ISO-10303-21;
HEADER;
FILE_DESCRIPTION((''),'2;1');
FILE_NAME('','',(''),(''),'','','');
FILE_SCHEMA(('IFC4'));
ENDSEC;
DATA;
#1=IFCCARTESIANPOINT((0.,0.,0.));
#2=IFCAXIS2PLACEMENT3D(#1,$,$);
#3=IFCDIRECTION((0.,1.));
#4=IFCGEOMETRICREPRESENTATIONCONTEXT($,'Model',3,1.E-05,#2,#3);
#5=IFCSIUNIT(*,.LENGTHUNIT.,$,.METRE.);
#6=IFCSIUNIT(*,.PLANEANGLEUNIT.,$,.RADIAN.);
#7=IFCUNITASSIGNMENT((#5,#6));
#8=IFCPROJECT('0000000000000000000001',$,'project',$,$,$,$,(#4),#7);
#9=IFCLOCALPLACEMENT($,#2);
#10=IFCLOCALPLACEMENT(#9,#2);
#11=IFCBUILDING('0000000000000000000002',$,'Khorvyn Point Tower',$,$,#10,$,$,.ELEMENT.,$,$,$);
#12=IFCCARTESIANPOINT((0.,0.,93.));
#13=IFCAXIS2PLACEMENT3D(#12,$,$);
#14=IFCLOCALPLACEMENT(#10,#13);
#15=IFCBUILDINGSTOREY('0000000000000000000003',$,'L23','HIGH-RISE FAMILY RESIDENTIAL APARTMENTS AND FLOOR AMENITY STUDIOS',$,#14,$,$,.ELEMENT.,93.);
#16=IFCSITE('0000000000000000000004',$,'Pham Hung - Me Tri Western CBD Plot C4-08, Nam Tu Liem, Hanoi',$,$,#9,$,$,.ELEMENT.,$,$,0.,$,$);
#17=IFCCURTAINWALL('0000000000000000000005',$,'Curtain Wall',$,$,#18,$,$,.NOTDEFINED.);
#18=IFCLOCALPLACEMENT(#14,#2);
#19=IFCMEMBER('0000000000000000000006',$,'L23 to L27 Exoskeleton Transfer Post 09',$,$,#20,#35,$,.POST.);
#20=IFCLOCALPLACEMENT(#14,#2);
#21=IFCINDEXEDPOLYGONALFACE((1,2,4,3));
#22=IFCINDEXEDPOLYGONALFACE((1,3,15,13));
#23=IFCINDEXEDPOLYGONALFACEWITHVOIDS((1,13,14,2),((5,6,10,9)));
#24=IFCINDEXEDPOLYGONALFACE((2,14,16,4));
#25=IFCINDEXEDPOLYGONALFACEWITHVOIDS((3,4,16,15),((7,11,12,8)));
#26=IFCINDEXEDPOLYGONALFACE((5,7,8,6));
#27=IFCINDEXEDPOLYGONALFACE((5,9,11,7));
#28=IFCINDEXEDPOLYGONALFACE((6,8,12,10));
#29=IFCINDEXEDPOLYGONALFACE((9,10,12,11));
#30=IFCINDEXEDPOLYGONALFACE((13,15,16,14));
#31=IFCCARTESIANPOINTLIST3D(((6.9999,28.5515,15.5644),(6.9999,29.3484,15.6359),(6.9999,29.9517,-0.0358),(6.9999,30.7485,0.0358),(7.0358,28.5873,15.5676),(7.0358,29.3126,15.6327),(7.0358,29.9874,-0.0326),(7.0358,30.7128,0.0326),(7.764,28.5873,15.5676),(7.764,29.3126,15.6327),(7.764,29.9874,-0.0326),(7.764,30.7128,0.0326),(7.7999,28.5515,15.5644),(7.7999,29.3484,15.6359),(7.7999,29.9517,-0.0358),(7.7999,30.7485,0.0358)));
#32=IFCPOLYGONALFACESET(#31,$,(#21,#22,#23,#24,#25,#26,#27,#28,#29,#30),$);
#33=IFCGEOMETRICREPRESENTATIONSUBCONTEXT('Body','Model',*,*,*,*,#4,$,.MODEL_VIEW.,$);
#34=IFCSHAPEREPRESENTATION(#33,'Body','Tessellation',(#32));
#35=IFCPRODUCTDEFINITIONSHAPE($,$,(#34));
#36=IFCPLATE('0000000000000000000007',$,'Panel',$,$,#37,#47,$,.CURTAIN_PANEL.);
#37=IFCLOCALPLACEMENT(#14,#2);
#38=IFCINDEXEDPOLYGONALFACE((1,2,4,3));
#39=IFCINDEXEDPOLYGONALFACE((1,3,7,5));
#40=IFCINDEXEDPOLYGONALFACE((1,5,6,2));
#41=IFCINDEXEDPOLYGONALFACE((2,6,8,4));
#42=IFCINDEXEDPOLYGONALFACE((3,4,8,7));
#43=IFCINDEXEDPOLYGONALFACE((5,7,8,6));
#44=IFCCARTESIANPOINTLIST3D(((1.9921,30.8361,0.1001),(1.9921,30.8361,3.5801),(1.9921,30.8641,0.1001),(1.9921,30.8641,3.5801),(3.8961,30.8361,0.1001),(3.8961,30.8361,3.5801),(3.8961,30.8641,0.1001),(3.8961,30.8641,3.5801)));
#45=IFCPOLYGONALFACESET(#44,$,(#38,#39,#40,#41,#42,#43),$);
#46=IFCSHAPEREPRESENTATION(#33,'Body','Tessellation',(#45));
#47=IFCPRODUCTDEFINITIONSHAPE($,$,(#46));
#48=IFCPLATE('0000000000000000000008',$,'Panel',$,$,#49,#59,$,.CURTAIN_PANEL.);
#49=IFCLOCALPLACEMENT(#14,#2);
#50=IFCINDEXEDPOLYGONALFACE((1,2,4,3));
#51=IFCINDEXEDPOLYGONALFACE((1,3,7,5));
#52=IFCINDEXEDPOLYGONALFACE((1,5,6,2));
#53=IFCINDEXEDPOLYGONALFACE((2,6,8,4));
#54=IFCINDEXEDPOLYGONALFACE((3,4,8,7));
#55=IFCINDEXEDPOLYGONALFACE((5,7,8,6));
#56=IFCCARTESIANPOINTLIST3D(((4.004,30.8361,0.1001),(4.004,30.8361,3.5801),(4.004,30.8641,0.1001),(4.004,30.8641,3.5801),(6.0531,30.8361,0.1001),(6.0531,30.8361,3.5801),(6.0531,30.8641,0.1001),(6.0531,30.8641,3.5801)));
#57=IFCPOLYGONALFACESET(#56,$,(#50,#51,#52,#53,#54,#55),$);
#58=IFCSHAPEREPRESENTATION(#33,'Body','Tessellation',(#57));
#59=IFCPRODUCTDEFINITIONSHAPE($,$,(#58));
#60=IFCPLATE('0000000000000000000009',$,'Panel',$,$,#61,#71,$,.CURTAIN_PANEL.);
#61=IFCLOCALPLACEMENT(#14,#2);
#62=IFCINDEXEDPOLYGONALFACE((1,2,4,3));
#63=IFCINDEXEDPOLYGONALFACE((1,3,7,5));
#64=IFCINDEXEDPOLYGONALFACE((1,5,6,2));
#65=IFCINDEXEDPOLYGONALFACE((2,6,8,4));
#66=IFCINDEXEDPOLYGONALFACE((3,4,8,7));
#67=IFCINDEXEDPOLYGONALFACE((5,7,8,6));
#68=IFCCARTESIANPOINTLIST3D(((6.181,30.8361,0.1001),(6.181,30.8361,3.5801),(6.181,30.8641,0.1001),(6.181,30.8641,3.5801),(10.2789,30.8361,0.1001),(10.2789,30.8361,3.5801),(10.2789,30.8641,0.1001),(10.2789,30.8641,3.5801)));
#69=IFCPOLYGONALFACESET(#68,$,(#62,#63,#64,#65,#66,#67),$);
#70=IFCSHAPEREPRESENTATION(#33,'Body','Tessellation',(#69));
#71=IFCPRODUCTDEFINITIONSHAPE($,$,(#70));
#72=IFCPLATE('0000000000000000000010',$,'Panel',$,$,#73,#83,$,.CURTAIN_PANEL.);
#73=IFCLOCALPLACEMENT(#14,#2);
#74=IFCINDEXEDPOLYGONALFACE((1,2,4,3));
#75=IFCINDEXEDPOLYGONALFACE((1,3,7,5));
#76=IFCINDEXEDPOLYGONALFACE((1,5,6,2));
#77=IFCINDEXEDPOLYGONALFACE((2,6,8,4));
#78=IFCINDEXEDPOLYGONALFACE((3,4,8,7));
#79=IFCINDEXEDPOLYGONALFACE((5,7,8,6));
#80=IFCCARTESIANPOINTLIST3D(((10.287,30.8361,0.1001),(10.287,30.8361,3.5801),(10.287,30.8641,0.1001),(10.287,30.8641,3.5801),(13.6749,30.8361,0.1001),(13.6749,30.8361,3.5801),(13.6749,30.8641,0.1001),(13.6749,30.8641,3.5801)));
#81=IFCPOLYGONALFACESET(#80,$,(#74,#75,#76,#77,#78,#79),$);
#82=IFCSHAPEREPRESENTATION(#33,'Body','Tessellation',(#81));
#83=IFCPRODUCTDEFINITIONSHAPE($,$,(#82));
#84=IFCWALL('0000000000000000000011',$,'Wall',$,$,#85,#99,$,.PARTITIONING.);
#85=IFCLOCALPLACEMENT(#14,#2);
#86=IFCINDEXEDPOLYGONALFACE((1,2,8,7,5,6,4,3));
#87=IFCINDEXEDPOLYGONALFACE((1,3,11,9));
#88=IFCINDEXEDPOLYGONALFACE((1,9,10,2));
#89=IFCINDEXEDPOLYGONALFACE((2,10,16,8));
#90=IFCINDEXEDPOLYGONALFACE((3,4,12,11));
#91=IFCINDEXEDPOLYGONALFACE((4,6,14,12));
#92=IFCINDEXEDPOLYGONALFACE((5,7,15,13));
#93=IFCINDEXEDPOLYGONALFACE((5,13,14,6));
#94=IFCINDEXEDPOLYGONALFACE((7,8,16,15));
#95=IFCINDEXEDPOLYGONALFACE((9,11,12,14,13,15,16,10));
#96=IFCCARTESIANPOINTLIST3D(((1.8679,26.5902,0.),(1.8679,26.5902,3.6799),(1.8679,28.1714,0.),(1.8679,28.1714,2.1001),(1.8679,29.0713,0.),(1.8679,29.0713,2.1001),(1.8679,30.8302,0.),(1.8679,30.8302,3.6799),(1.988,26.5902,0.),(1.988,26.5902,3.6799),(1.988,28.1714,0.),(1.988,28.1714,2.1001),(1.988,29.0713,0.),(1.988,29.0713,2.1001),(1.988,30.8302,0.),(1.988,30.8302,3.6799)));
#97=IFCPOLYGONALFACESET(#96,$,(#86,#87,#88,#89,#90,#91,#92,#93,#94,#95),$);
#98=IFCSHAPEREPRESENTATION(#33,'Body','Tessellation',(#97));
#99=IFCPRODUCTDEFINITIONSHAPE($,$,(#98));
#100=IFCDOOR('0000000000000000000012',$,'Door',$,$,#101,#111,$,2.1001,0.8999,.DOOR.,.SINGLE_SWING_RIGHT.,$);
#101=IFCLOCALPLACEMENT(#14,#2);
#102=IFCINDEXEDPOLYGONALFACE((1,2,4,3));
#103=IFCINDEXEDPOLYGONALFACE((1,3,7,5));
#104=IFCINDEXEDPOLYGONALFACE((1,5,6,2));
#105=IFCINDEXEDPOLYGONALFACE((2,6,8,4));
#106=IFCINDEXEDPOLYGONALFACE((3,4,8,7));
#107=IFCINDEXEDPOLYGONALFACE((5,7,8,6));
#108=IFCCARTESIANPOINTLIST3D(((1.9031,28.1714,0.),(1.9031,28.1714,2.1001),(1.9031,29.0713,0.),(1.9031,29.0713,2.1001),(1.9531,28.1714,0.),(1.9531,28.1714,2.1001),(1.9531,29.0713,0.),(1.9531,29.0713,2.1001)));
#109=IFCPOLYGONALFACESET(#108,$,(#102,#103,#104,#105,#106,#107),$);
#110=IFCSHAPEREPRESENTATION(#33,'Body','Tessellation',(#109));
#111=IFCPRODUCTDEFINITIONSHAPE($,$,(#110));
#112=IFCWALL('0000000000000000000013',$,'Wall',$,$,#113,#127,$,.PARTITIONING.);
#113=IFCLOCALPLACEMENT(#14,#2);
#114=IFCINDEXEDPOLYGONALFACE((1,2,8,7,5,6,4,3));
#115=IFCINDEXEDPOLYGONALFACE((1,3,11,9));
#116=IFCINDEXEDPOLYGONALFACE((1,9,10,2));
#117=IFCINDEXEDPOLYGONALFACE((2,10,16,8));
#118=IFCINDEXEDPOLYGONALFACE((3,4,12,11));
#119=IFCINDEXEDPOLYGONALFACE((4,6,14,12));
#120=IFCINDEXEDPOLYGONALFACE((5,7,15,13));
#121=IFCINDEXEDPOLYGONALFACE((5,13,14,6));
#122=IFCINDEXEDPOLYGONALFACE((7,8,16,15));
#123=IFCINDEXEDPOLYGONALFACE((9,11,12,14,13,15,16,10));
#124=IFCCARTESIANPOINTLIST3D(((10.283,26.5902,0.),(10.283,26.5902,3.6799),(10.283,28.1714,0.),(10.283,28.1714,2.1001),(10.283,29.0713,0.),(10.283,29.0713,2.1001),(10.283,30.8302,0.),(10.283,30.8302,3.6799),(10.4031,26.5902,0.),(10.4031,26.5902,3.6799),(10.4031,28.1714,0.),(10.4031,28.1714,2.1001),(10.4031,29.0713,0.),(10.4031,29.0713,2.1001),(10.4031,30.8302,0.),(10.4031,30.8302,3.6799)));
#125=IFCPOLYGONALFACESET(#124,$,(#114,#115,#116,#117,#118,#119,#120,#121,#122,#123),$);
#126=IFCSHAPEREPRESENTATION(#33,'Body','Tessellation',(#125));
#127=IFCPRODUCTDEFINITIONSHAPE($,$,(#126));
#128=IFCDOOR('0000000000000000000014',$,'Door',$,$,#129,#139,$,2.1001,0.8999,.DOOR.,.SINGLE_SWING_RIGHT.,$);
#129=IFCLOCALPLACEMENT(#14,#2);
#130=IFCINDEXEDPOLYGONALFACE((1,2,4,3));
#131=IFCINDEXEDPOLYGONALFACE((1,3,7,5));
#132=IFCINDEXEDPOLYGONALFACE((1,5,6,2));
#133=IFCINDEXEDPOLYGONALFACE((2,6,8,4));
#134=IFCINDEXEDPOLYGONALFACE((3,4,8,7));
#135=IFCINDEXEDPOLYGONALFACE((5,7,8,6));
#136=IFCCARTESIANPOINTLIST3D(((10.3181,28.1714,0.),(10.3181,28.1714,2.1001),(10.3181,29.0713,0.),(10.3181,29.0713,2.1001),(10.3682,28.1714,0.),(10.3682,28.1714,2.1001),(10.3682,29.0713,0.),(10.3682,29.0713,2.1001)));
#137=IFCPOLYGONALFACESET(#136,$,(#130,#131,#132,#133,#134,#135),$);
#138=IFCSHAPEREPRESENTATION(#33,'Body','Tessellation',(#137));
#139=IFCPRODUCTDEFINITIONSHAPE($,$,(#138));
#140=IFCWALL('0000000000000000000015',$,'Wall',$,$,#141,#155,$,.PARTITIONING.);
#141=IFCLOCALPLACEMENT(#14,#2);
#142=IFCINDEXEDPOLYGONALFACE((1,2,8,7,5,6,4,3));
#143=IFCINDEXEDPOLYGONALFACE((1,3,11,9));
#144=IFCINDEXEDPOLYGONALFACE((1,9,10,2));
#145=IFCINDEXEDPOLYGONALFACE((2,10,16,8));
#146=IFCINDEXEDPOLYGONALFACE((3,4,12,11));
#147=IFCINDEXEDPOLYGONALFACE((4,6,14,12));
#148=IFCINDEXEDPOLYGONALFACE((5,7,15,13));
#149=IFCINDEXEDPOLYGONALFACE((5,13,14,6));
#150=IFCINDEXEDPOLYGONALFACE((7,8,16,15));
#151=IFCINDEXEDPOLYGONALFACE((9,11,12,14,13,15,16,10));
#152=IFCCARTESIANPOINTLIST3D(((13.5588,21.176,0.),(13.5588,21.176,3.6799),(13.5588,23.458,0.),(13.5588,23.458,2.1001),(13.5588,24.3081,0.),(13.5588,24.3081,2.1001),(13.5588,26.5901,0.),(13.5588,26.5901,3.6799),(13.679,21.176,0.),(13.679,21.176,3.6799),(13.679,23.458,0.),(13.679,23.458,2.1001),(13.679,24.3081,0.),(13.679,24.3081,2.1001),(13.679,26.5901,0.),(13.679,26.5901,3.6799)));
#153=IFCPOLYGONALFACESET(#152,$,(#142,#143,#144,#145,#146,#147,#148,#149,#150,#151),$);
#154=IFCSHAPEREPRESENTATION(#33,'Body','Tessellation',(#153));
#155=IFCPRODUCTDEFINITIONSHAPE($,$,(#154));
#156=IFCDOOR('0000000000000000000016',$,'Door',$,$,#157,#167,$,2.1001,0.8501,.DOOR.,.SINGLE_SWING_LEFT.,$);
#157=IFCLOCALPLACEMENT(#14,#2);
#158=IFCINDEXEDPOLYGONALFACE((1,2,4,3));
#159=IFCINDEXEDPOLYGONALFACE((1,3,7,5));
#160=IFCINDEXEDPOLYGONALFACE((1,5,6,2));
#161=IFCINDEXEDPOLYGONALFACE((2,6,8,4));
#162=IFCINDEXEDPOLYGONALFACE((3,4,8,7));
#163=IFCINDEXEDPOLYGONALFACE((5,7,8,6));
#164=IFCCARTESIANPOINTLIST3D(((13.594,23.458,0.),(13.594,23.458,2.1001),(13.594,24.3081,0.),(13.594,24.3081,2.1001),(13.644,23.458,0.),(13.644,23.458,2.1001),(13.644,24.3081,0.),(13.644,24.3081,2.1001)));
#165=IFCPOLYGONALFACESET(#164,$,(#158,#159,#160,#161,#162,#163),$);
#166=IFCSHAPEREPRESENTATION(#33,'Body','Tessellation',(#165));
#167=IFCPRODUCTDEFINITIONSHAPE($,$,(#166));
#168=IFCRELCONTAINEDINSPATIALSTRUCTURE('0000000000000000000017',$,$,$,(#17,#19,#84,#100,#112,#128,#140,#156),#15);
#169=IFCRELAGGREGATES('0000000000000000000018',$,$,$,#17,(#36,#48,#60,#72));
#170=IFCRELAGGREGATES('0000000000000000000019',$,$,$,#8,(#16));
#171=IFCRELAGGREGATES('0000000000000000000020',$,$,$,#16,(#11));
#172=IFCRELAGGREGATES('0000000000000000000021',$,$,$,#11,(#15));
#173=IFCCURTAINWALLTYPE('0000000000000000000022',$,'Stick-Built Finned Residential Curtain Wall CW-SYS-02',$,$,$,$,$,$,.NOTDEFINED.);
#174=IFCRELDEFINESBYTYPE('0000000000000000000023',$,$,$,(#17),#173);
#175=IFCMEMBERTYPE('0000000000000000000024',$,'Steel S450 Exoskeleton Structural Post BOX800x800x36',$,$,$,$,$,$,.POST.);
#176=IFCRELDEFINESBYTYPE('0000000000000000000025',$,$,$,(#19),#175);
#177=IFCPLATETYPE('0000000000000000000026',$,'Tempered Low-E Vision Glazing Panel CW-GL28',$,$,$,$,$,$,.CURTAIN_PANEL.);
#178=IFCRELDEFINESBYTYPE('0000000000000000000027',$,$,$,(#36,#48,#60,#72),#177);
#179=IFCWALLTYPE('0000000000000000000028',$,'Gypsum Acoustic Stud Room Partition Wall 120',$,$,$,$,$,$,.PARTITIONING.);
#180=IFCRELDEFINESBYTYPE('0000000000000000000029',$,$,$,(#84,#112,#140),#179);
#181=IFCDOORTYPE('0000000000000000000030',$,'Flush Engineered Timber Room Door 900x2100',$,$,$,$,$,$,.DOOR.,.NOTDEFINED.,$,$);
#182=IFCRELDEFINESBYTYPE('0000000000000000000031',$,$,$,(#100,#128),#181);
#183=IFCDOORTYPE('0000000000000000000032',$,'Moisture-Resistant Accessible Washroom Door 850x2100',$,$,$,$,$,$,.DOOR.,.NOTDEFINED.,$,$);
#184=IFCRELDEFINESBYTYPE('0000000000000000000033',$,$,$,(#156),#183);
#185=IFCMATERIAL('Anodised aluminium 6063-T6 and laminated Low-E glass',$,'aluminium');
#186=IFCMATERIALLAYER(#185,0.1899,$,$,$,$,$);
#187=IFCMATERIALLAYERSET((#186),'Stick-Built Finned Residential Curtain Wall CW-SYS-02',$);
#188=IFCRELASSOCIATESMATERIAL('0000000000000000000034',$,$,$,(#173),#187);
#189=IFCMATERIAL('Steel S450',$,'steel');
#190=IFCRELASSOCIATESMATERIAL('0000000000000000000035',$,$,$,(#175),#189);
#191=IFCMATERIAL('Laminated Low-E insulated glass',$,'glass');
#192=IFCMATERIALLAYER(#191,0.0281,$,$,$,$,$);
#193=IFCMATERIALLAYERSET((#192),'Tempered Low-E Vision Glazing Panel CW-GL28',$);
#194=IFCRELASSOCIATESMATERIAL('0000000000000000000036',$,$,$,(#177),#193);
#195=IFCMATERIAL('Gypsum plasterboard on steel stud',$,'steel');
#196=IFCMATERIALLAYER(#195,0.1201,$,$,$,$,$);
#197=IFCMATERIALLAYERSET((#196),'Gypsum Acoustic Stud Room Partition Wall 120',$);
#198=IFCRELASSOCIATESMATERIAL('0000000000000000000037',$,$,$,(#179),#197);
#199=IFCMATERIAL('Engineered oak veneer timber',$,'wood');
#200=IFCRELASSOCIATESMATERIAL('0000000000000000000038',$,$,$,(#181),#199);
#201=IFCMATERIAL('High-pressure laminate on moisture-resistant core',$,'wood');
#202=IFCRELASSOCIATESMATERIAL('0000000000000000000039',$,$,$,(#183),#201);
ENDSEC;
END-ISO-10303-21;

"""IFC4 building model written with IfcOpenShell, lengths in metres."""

from ifc_helpers import new_model, si_unit, direction, frame, frame_2d, origin, origin_2d, place, context, subcontext, project, spatial, rectangle, hollow_rectangle, extrude, material, layer, layer_set, material_profile, profile_set, type_object, element, fill, aggregate, save


model = new_model("IFC4")

# Units and contexts
model_context = context("Model", 3, precision=1e-05, world=origin(), true_north=direction((0.0, 1.0)))
body_context = subcontext(model_context, "Body", "Model", "MODEL_VIEW")
ifc_project = project(units=[si_unit("LENGTHUNIT", "METRE"), si_unit("PLANEANGLEUNIT", "RADIAN")], contexts=[model_context])

# Site, building, storey
site_placement = place(None, origin())
site = spatial("IfcSite", under=ifc_project, at=site_placement, Name="Pham Hung - Me Tri Western CBD Plot C4-08, Nam Tu Liem, Hanoi", CompositionType="ELEMENT", RefElevation=0.0)
building_placement = place(site_placement, origin())
building = spatial("IfcBuilding", under=site, at=building_placement, Name="Khorvyn Point Tower", CompositionType="ELEMENT")
storey_placement = place(building_placement, frame((0.0, 0.0, 93.0)))
storey = spatial("IfcBuildingStorey", under=building, at=storey_placement, Name="L23", Description="HIGH-RISE FAMILY RESIDENTIAL APARTMENTS AND FLOOR AMENITY STUDIOS", CompositionType="ELEMENT", Elevation=93.0)

# Shared definitions
ifc_material_1 = material(Name="Steel S450", Category="steel")

# Curtain wall
ifc_material_2 = material(Name="Anodised aluminium 6063-T6 and laminated Low-E glass", Category="aluminium")
ifc_layer_1 = layer(ifc_material_2, 0.1899)
ifc_layer_set_1 = layer_set([ifc_layer_1], Name="Stick-Built Finned Residential Curtain Wall CW-SYS-02")
curtain_wall_type = type_object("IfcCurtainWallType", Name="Stick-Built Finned Residential Curtain Wall CW-SYS-02", PredefinedType="NOTDEFINED", material=ifc_layer_set_1)
curtain_wall_placement = place(storey_placement, origin())
curtain_wall = element("IfcCurtainWall", 1, at=curtain_wall_placement, inside=storey, type_object=curtain_wall_type, Name="Curtain Wall", PredefinedType="NOTDEFINED")

# Member
ifc_material_profile_1 = material_profile(ifc_material_1, hollow_rectangle(XDim=0.8, YDim=0.8, WallThickness=0.0359, at=origin_2d()))
ifc_profile_set_1 = profile_set([ifc_material_profile_1], Name="Steel S450 BOX800x800x36")
member_type_1 = type_object("IfcMemberType", Name="Steel S450 Exoskeleton Structural Post BOX800x800x36", PredefinedType="POST", material=ifc_profile_set_1)
member_1_placement = place(storey_placement, frame((7.3999, 30.3501, 0.0), z_axis=(0.0, -0.089393, 0.995996), x_axis=(1.0, 0.0, 0.0)))
element("IfcMember", 2, at=member_1_placement, inside=storey, type_object=member_type_1, Name="L23 to L27 Exoskeleton Transfer Post 09", PredefinedType="POST", context=body_context, shape_type="SweptSolid", body=[
    extrude(hollow_rectangle(XDim=0.8, YDim=0.8, WallThickness=0.0359, at=origin_2d()), origin(), (0.0, 0.0, 1.0), 15.6628),
])

# Plates
ifc_material_3 = material(Name="Laminated Low-E insulated glass", Category="glass")
ifc_layer_2 = layer(ifc_material_3, 0.0281)
ifc_layer_set_2 = layer_set([ifc_layer_2], Name="Tempered Low-E Vision Glazing Panel CW-GL28")
plate_type = type_object("IfcPlateType", Name="Tempered Low-E Vision Glazing Panel CW-GL28", PredefinedType="CURTAIN_PANEL", material=ifc_layer_set_2)
plate_1_placement = place(storey_placement, frame((2.9441, 30.8501, 0.1001), z_axis=(0.0, 0.0, 1.0), x_axis=(1.0, 0.0, 0.0)))
plate_1 = element("IfcPlate", 3, at=plate_1_placement, type_object=plate_type, Name="Panel", PredefinedType="CURTAIN_PANEL", context=body_context, shape_type="SweptSolid", body=[
    extrude(rectangle(XDim=1.9041, YDim=0.0281, at=origin_2d()), origin(), (0.0, 0.0, 1.0), 3.48),
])
plate_2_placement = place(storey_placement, frame((5.0286, 30.8501, 0.1001), z_axis=(0.0, 0.0, 1.0), x_axis=(1.0, 0.0, 0.0)))
plate_2 = element("IfcPlate", 4, at=plate_2_placement, type_object=plate_type, Name="Panel", PredefinedType="CURTAIN_PANEL", context=body_context, shape_type="SweptSolid", body=[
    extrude(rectangle(XDim=2.0491, YDim=0.0281, at=origin_2d()), origin(), (0.0, 0.0, 1.0), 3.48),
])
plate_3_placement = place(storey_placement, frame((8.23, 30.8501, 0.1001), z_axis=(0.0, 0.0, 1.0), x_axis=(1.0, 0.0, 0.0)))
plate_3 = element("IfcPlate", 5, at=plate_3_placement, type_object=plate_type, Name="Panel", PredefinedType="CURTAIN_PANEL", context=body_context, shape_type="SweptSolid", body=[
    extrude(rectangle(XDim=4.0979, YDim=0.0281, at=origin_2d()), origin(), (0.0, 0.0, 1.0), 3.48),
])
plate_4_placement = place(storey_placement, frame((11.981, 30.8501, 0.1001), z_axis=(0.0, 0.0, 1.0), x_axis=(1.0, 0.0, 0.0)))
plate_4 = element("IfcPlate", 6, at=plate_4_placement, type_object=plate_type, Name="Panel", PredefinedType="CURTAIN_PANEL", context=body_context, shape_type="SweptSolid", body=[
    extrude(rectangle(XDim=3.3879, YDim=0.0281, at=origin_2d()), origin(), (0.0, 0.0, 1.0), 3.48),
])
aggregate(curtain_wall, [plate_1, plate_2, plate_3, plate_4])

# Walls, openings, doors
ifc_material_4 = material(Name="Gypsum plasterboard on steel stud", Category="steel")
ifc_layer_3 = layer(ifc_material_4, 0.1201)
ifc_layer_set_3 = layer_set([ifc_layer_3], Name="Gypsum Acoustic Stud Room Partition Wall 120")
wall_type_1 = type_object("IfcWallType", Name="Gypsum Acoustic Stud Room Partition Wall 120", PredefinedType="PARTITIONING", material=ifc_layer_set_3)
wall_1_placement = place(storey_placement, frame((1.928, 26.5901, 0.0), z_axis=(0.0, 0.0, 1.0), x_axis=(0.0, 1.0, 0.0)))
wall_1 = element("IfcWall", 7, at=wall_1_placement, inside=storey, type_object=wall_type_1, Name="Wall", PredefinedType="PARTITIONING", context=body_context, shape_type="SweptSolid", body=[
    extrude(rectangle(XDim=4.24, YDim=0.1201, at=frame_2d((2.1201, 0.0))), origin(), (0.0, 0.0, 1.0), 3.6799),
])
opening_1_placement = place(wall_1_placement, frame((1.5813, 0.0, 0.0)))
opening_1 = element("IfcOpeningElement", 8, at=opening_1_placement, cuts=wall_1, PredefinedType="OPENING", context=body_context, shape_type="SweptSolid", body=[
    extrude(rectangle(XDim=0.8999, YDim=2.1001, at=frame_2d((0.45, 1.05))), frame((0.0, 0.0701, 0.0), z_axis=(0.0, -1.0, 0.0), x_axis=(1.0, 0.0, 0.0)), (0.0, 0.0, 1.0), 0.1401),
])
ifc_material_5 = material(Name="Engineered oak veneer timber", Category="wood")
door_type_1 = type_object("IfcDoorType", Name="Flush Engineered Timber Room Door 900x2100", OperationType="NOTDEFINED", PredefinedType="DOOR", material=ifc_material_5)
door_1_placement = place(opening_1_placement, origin())
door_1 = element("IfcDoor", 9, at=door_1_placement, inside=storey, type_object=door_type_1, Name="Door", OperationType="SINGLE_SWING_RIGHT", OverallHeight=2.1001, OverallWidth=0.8999, PredefinedType="DOOR", context=body_context, shape_type="SweptSolid", body=[
    extrude(rectangle(XDim=0.8999, YDim=2.1001, at=frame_2d((0.45, 1.05))), frame((0.0, 0.0249, 0.0), z_axis=(0.0, -1.0, 0.0), x_axis=(1.0, 0.0, 0.0)), (0.0, 0.0, 1.0), 0.05),
])
fill(opening_1, door_1)
wall_2_placement = place(storey_placement, frame((10.343, 26.5901, 0.0), z_axis=(0.0, 0.0, 1.0), x_axis=(0.0, 1.0, 0.0)))
wall_2 = element("IfcWall", 10, at=wall_2_placement, inside=storey, type_object=wall_type_1, Name="Wall", PredefinedType="PARTITIONING", context=body_context, shape_type="SweptSolid", body=[
    extrude(rectangle(XDim=4.24, YDim=0.1201, at=frame_2d((2.1201, 0.0))), origin(), (0.0, 0.0, 1.0), 3.6799),
])
opening_2_placement = place(wall_2_placement, frame((1.5813, 0.0, 0.0)))
opening_2 = element("IfcOpeningElement", 11, at=opening_2_placement, cuts=wall_2, PredefinedType="OPENING", context=body_context, shape_type="SweptSolid", body=[
    extrude(rectangle(XDim=0.8999, YDim=2.1001, at=frame_2d((0.45, 1.05))), frame((0.0, 0.0701, 0.0), z_axis=(0.0, -1.0, 0.0), x_axis=(1.0, 0.0, 0.0)), (0.0, 0.0, 1.0), 0.1401),
])
door_2_placement = place(opening_2_placement, origin())
door_2 = element("IfcDoor", 12, at=door_2_placement, inside=storey, type_object=door_type_1, Name="Door", OperationType="SINGLE_SWING_RIGHT", OverallHeight=2.1001, OverallWidth=0.8999, PredefinedType="DOOR", context=body_context, shape_type="SweptSolid", body=[
    extrude(rectangle(XDim=0.8999, YDim=2.1001, at=frame_2d((0.45, 1.05))), frame((0.0, 0.0249, 0.0), z_axis=(0.0, -1.0, 0.0), x_axis=(1.0, 0.0, 0.0)), (0.0, 0.0, 1.0), 0.05),
])
fill(opening_2, door_2)
wall_3_placement = place(storey_placement, frame((13.6189, 21.176, 0.0), z_axis=(0.0, 0.0, 1.0), x_axis=(0.0, 1.0, 0.0)))
wall_3 = element("IfcWall", 13, at=wall_3_placement, inside=storey, type_object=wall_type_1, Name="Wall", PredefinedType="PARTITIONING", context=body_context, shape_type="SweptSolid", body=[
    extrude(rectangle(XDim=5.4141, YDim=0.1201, at=frame_2d((2.707, 0.0))), origin(), (0.0, 0.0, 1.0), 3.6799),
])
opening_3_placement = place(wall_3_placement, frame((2.282, 0.0, 0.0)))
opening_3 = element("IfcOpeningElement", 14, at=opening_3_placement, cuts=wall_3, PredefinedType="OPENING", context=body_context, shape_type="SweptSolid", body=[
    extrude(rectangle(XDim=0.8501, YDim=2.1001, at=frame_2d((0.425, 1.05))), frame((0.0, 0.0701, 0.0), z_axis=(0.0, -1.0, 0.0), x_axis=(1.0, 0.0, 0.0)), (0.0, 0.0, 1.0), 0.1401),
])
ifc_material_6 = material(Name="High-pressure laminate on moisture-resistant core", Category="wood")
door_type_2 = type_object("IfcDoorType", Name="Moisture-Resistant Accessible Washroom Door 850x2100", OperationType="NOTDEFINED", PredefinedType="DOOR", material=ifc_material_6)
door_3_placement = place(opening_3_placement, origin())
door_3 = element("IfcDoor", 15, at=door_3_placement, inside=storey, type_object=door_type_2, Name="Door", OperationType="SINGLE_SWING_LEFT", OverallHeight=2.1001, OverallWidth=0.8501, PredefinedType="DOOR", context=body_context, shape_type="SweptSolid", body=[
    extrude(rectangle(XDim=0.8501, YDim=2.1001, at=frame_2d((0.425, 1.05))), frame((0.0, 0.0249, 0.0), z_axis=(0.0, -1.0, 0.0), x_axis=(1.0, 0.0, 0.0)), (0.0, 0.0, 1.0), 0.05),
])
fill(opening_3, door_3)

save(model, "model.ifc")
